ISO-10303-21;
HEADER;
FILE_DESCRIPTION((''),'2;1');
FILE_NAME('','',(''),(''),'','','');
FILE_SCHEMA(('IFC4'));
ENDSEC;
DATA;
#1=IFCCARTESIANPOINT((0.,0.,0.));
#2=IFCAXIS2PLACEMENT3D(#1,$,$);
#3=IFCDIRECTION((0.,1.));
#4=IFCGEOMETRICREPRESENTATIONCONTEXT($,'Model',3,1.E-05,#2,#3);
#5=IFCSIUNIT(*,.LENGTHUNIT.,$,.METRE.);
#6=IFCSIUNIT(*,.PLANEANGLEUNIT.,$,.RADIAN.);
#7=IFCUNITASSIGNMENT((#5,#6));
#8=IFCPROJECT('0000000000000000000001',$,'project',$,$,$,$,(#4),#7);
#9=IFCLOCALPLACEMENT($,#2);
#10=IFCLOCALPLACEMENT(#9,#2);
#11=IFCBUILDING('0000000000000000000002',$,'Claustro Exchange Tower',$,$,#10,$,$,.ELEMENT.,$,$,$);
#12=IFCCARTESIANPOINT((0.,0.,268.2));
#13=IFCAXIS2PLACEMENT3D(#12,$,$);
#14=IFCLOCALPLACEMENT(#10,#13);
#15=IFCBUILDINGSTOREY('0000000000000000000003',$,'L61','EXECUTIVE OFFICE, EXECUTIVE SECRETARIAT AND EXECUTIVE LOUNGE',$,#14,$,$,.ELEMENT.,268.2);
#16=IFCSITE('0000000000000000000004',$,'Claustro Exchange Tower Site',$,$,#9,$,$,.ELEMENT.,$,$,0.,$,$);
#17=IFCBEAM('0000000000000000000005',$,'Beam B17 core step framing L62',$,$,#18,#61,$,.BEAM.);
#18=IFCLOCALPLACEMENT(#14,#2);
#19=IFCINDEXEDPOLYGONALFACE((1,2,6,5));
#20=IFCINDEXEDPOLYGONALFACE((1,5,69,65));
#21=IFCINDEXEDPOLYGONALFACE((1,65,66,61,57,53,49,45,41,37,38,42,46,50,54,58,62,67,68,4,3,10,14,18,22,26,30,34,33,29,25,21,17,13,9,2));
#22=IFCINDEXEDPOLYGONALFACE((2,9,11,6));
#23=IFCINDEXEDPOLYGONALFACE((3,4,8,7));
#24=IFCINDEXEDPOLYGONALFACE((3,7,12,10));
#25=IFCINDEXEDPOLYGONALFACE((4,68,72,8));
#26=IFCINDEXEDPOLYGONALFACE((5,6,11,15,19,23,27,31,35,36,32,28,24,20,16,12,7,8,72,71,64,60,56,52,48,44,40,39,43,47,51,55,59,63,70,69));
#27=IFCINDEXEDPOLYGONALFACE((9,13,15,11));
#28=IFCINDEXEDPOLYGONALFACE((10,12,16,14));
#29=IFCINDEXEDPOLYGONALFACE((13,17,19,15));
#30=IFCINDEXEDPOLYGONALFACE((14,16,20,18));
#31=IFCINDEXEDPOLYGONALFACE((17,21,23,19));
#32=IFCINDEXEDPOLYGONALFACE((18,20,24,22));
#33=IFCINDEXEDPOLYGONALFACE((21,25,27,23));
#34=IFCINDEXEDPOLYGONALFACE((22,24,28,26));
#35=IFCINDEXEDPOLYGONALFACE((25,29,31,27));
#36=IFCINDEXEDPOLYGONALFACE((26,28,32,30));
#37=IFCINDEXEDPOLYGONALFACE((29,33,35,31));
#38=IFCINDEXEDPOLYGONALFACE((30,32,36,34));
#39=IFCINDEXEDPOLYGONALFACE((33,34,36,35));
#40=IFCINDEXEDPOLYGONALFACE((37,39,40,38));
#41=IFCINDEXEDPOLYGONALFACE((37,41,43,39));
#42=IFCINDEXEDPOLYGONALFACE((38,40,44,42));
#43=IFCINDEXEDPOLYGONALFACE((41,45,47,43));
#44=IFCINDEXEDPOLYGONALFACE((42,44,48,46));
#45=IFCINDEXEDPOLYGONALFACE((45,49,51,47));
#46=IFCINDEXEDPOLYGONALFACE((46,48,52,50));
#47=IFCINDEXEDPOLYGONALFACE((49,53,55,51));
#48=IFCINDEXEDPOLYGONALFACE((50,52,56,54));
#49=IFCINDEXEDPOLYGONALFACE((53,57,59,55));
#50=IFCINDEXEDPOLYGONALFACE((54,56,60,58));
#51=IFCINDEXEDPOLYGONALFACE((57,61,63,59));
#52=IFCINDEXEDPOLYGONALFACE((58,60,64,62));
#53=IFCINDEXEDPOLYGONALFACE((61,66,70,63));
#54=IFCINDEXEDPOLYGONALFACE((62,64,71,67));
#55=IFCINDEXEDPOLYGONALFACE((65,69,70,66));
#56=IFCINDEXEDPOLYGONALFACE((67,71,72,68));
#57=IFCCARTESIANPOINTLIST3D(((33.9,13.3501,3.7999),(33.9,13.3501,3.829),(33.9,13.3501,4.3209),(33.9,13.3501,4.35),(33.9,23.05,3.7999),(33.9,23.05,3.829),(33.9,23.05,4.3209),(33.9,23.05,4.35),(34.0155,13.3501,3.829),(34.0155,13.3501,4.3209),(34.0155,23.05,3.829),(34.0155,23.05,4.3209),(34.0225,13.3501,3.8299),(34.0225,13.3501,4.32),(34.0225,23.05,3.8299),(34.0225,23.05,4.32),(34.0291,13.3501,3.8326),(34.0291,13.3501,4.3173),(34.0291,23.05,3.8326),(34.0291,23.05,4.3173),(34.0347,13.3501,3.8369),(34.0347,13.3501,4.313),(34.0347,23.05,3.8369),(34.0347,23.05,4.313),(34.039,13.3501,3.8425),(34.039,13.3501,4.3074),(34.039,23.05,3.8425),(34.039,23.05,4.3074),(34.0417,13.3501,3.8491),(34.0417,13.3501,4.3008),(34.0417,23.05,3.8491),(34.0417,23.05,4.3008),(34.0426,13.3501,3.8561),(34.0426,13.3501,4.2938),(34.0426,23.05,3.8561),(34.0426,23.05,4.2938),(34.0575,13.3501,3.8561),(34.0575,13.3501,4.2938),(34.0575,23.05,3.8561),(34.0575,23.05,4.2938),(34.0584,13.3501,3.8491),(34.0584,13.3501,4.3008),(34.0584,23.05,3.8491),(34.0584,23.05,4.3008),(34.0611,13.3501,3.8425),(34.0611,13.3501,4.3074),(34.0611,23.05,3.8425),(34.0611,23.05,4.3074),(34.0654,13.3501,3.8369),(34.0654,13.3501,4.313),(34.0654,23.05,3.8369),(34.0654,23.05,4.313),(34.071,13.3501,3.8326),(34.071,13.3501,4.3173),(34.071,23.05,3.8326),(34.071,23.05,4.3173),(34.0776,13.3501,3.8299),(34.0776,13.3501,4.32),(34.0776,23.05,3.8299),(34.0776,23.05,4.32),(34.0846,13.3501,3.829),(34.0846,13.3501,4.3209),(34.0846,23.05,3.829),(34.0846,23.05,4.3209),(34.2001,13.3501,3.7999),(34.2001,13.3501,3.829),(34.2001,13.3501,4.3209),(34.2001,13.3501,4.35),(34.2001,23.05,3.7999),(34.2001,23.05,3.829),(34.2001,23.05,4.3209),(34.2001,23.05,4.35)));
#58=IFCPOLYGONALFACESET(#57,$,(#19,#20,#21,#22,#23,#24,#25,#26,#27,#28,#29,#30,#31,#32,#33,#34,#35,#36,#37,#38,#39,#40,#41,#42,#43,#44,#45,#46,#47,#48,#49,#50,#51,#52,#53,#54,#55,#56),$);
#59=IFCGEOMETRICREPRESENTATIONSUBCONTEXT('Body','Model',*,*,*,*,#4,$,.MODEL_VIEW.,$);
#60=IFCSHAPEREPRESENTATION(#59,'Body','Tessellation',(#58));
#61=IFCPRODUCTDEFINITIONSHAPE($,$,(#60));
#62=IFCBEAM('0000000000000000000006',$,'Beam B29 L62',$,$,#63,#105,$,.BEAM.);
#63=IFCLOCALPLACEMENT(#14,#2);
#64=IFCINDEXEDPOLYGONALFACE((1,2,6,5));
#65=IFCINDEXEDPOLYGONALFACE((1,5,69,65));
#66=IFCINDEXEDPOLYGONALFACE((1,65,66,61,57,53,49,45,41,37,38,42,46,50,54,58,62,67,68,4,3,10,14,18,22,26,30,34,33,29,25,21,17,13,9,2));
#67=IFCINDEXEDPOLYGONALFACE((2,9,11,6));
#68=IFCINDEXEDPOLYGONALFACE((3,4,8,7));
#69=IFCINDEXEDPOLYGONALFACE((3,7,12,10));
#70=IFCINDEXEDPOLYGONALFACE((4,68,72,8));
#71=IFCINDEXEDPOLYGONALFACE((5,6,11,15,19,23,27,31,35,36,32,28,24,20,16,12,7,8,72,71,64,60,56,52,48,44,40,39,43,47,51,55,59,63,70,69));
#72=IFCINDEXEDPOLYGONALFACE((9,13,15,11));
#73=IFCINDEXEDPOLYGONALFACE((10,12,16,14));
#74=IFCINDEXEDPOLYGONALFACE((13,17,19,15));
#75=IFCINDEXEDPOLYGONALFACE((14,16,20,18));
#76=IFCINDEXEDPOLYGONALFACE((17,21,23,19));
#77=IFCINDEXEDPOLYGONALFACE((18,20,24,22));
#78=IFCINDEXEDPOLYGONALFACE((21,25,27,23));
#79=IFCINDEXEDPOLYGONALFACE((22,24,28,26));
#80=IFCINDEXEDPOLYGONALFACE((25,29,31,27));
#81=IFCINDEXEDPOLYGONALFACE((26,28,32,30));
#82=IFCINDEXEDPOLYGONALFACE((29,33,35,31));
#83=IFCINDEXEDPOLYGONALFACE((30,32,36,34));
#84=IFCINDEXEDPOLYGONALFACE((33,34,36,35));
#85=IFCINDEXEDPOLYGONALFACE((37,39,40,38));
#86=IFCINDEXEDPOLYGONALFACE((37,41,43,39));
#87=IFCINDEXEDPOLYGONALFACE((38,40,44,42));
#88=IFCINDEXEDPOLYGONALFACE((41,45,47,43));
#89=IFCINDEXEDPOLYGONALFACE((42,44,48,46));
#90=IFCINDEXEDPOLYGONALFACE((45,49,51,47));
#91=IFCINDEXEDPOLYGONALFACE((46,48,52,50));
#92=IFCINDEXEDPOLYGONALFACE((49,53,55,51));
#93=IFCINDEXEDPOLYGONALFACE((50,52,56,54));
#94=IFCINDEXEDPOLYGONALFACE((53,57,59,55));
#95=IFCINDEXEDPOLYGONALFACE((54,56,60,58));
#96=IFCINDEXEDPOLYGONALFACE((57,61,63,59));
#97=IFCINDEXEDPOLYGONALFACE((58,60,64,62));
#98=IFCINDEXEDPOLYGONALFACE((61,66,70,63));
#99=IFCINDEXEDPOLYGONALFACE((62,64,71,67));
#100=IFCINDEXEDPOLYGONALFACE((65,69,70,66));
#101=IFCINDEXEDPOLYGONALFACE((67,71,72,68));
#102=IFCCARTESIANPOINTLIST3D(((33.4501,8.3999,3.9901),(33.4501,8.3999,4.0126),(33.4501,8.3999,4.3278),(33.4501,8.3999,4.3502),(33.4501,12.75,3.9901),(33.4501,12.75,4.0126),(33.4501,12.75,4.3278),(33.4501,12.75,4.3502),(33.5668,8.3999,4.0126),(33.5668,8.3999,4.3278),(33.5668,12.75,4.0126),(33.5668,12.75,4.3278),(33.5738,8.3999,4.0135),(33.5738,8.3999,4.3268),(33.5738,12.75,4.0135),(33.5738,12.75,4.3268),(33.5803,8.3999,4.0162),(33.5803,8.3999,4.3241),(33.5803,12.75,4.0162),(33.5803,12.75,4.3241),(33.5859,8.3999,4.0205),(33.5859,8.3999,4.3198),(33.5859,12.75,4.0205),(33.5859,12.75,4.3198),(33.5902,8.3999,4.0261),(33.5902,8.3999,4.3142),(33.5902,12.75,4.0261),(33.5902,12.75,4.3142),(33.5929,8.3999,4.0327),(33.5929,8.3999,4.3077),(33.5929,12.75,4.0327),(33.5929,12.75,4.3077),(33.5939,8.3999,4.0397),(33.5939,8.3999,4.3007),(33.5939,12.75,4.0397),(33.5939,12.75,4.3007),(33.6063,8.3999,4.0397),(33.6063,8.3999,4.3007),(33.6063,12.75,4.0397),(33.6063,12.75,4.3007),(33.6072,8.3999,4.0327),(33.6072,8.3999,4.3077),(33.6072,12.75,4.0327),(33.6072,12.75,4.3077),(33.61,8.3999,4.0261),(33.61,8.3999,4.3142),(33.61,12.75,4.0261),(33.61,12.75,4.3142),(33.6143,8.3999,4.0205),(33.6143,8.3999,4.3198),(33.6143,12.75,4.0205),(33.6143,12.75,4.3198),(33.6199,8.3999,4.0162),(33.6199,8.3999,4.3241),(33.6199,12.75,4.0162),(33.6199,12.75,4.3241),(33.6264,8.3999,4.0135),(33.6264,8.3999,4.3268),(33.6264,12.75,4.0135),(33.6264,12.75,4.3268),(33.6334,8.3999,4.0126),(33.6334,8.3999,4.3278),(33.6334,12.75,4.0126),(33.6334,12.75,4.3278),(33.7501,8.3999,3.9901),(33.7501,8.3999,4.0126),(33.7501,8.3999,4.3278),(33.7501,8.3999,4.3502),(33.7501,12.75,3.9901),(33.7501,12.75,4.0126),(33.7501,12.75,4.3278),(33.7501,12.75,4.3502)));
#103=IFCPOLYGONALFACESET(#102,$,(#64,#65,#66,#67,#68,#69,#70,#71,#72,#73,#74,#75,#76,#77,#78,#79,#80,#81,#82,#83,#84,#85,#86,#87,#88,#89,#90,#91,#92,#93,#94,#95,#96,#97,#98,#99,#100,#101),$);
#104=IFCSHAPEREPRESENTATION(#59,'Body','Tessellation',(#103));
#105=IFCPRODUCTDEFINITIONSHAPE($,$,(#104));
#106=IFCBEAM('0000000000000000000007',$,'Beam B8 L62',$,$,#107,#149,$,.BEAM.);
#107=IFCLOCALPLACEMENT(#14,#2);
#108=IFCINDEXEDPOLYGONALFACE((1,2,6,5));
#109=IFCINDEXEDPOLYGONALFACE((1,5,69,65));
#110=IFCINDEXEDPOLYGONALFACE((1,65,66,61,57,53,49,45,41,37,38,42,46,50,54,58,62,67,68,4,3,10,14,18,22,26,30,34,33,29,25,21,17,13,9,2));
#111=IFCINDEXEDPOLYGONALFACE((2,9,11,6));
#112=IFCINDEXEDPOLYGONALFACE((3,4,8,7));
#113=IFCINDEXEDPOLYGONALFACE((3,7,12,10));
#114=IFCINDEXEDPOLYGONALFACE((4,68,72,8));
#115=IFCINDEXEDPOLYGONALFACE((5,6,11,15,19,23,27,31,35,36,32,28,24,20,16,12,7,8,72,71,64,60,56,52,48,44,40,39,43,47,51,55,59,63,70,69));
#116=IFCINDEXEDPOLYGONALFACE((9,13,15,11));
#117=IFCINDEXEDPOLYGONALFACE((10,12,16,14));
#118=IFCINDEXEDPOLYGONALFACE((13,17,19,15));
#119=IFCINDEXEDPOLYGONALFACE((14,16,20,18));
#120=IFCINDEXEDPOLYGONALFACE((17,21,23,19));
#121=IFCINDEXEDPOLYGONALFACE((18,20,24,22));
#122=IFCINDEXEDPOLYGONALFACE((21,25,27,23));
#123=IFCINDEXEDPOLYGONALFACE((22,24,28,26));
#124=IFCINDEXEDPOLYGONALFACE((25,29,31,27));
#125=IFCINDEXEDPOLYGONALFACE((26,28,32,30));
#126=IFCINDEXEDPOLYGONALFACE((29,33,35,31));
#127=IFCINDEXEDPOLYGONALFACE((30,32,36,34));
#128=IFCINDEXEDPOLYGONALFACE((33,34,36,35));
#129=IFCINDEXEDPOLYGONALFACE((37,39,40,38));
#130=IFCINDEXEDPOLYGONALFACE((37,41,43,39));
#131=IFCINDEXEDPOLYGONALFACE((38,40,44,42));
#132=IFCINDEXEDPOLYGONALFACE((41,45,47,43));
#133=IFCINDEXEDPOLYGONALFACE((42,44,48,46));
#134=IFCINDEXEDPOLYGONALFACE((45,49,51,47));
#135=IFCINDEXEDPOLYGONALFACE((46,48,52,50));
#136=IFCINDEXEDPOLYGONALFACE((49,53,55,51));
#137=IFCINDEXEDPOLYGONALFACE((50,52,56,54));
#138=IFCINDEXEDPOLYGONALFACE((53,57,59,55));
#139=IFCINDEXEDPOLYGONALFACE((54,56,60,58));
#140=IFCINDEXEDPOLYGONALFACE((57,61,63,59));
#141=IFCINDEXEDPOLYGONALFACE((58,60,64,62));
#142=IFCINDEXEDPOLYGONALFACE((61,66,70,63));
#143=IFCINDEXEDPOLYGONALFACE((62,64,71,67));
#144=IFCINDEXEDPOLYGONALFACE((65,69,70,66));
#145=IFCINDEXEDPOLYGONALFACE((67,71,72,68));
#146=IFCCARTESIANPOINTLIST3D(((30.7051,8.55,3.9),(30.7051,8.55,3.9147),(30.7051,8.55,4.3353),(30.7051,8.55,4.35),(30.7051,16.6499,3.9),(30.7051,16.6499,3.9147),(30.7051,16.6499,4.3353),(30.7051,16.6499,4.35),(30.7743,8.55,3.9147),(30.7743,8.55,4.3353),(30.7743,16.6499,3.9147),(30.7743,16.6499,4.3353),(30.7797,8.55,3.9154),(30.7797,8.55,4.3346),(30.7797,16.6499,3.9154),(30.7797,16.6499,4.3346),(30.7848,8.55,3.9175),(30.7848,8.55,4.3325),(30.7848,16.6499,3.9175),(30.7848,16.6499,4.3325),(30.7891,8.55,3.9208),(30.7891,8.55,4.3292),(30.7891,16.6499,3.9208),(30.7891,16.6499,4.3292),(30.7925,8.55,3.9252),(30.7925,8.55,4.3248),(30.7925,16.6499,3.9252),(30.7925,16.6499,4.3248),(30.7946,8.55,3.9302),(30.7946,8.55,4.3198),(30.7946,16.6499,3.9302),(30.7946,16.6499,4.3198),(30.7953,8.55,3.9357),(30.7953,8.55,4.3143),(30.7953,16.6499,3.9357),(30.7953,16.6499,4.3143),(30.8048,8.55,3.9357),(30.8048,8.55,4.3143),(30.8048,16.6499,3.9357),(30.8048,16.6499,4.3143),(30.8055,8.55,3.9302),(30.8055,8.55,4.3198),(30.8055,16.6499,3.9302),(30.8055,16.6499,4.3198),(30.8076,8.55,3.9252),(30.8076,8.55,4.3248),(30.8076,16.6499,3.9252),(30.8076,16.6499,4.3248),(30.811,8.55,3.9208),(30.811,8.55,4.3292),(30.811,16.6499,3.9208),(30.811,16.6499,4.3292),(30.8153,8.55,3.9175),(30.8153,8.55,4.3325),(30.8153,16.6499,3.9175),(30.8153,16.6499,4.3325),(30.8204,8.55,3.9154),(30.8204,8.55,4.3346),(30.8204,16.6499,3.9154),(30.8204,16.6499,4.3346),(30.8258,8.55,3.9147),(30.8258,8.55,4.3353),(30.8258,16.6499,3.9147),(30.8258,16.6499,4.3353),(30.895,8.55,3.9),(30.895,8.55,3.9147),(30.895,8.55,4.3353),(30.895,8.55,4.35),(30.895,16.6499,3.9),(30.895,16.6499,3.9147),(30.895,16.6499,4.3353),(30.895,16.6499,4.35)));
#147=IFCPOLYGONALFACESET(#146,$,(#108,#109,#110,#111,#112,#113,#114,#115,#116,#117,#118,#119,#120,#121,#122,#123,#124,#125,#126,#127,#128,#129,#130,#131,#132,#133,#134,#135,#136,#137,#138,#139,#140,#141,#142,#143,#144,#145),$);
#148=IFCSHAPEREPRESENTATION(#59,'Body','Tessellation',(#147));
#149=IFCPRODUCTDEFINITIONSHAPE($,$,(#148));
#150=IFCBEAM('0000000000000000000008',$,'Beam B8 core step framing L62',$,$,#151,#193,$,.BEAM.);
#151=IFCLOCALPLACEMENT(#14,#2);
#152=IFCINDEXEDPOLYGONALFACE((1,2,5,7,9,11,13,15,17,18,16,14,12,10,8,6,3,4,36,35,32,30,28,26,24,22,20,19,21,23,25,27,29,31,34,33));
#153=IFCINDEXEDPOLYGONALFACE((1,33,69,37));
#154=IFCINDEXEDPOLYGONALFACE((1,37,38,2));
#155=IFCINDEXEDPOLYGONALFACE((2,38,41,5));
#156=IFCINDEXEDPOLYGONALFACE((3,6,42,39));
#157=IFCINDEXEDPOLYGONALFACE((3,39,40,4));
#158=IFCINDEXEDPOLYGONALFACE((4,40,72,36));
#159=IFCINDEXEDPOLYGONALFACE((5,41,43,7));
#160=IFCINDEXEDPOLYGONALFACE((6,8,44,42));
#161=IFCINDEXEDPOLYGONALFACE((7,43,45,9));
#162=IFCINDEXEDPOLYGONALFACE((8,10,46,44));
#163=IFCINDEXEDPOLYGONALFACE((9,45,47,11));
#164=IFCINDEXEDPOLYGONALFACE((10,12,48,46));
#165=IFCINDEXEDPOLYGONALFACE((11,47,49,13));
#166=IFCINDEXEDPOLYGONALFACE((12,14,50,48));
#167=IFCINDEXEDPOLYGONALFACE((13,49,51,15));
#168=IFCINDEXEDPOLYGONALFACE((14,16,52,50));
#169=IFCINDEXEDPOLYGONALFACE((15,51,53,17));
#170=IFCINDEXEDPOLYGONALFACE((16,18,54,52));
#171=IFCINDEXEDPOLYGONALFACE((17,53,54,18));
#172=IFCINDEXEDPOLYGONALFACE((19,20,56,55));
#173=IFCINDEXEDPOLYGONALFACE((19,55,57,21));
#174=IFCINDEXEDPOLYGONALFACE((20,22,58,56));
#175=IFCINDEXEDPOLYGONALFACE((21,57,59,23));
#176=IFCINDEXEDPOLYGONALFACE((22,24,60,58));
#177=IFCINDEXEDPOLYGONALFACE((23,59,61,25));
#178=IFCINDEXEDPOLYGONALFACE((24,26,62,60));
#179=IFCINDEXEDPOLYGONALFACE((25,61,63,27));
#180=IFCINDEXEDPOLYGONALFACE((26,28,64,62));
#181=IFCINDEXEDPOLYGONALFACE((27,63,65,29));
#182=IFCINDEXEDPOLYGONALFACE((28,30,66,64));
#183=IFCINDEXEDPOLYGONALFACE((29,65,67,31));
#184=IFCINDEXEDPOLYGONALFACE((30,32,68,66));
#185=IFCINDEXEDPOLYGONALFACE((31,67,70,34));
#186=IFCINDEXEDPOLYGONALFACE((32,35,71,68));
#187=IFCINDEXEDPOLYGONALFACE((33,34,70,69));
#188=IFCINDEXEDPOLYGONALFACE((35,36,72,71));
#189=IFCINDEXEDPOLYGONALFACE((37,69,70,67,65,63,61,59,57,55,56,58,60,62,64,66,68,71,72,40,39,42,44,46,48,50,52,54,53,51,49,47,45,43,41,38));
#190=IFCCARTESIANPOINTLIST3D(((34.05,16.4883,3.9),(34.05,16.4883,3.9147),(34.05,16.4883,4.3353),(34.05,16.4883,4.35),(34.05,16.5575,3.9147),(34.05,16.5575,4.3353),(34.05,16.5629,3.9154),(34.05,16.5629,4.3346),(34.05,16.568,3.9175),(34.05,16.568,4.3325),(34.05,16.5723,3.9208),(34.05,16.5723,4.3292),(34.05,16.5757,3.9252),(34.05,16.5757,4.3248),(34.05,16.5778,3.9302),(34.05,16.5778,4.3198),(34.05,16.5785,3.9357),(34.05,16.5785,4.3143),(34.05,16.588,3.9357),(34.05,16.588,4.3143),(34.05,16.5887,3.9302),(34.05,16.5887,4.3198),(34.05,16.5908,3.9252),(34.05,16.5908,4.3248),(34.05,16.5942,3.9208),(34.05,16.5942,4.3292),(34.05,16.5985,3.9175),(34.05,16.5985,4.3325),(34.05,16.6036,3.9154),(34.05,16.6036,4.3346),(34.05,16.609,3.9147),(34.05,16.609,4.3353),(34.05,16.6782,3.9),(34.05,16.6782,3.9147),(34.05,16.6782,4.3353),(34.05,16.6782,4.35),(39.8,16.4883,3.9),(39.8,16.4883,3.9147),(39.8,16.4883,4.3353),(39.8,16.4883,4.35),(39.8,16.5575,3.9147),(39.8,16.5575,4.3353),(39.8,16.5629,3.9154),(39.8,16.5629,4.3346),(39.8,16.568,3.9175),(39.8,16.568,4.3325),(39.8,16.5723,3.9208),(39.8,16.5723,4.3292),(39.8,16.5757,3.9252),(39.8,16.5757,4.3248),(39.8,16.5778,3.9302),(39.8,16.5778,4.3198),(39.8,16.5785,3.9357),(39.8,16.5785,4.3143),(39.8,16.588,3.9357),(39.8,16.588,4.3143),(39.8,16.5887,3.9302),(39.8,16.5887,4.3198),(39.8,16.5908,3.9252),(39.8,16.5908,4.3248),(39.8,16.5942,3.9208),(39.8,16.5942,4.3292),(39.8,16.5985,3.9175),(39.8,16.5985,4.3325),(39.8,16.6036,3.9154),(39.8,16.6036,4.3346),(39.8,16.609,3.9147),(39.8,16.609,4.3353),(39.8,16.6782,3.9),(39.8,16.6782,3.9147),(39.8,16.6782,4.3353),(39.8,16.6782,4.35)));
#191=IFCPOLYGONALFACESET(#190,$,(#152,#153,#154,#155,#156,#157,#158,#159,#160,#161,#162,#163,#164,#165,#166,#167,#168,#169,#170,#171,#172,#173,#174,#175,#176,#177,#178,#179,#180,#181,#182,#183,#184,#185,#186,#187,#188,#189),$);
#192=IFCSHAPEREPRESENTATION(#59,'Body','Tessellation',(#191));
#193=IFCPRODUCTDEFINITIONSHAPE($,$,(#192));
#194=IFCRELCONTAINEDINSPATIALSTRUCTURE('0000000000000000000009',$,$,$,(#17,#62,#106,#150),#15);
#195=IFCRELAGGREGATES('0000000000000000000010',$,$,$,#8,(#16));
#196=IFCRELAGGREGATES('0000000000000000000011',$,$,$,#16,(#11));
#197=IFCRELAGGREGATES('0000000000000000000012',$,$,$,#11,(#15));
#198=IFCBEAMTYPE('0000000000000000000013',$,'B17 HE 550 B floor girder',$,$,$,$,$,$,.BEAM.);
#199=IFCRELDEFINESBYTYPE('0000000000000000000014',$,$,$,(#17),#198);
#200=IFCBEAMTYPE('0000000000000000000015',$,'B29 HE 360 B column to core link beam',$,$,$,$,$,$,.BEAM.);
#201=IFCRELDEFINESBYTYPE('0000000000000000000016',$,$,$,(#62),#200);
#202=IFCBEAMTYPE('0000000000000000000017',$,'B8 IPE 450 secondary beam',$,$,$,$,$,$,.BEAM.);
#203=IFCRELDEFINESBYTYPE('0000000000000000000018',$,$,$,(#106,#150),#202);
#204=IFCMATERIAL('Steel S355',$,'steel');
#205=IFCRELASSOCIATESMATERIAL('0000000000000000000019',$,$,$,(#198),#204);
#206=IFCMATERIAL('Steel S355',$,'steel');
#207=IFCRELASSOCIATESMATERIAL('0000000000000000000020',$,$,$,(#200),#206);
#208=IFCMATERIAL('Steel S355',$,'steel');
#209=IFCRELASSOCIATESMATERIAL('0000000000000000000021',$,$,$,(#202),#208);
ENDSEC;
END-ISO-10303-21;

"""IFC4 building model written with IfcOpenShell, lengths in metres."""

from ifc_helpers import new_model, si_unit, direction, frame, origin, origin_2d, place, context, subcontext, project, spatial, i_section, extrude, material, material_profile, profile_set, type_object, element, save


model = new_model("IFC4")

# Units and contexts
model_context = context("Model", 3, precision=1e-05, world=origin(), true_north=direction((0.0, 1.0)))
body_context = subcontext(model_context, "Body", "Model", "MODEL_VIEW")
ifc_project = project(units=[si_unit("LENGTHUNIT", "METRE"), si_unit("PLANEANGLEUNIT", "RADIAN")], contexts=[model_context])

# Site, building, storey
site_placement = place(None, origin())
site = spatial("IfcSite", under=ifc_project, at=site_placement, Name="Claustro Exchange Tower Site", CompositionType="ELEMENT", RefElevation=0.0)
building_placement = place(site_placement, origin())
building = spatial("IfcBuilding", under=site, at=building_placement, Name="Claustro Exchange Tower", CompositionType="ELEMENT")
storey_placement = place(building_placement, frame((0.0, 0.0, 268.2)))
storey = spatial("IfcBuildingStorey", under=building, at=storey_placement, Name="L61", Description="EXECUTIVE OFFICE, EXECUTIVE SECRETARIAT AND EXECUTIVE LOUNGE", CompositionType="ELEMENT", Elevation=268.2)

# Beams
ifc_material_1 = material(Name="Steel S355", Category="steel")
ifc_material_profile_1 = material_profile(ifc_material_1, i_section(OverallWidth=0.3, OverallDepth=0.55, WebThickness=0.0149, FlangeThickness=0.0291, FilletRadius=0.0271, at=origin_2d()), Name="HE 550 B")
ifc_profile_set_1 = profile_set([ifc_material_profile_1], Name="Steel S355")
beam_type_1 = type_object("IfcBeamType", Name="B17 HE 550 B floor girder", PredefinedType="BEAM", material=ifc_profile_set_1)
beam_1_placement = place(storey_placement, frame((34.05, 13.3501, 4.075), z_axis=(0.0, 1.0, 0.0), x_axis=(-1.0, 0.0, 0.0)))
element("IfcBeam", 1, at=beam_1_placement, inside=storey, type_object=beam_type_1, Name="Beam B17 core step framing L62", PredefinedType="BEAM", context=body_context, shape_type="SweptSolid", body=[
    extrude(i_section(OverallWidth=0.3, OverallDepth=0.55, WebThickness=0.0149, FlangeThickness=0.0291, FilletRadius=0.0271, at=origin_2d()), origin(), (0.0, 0.0, 1.0), 9.7),
])
ifc_material_2 = material(Name="Steel S355", Category="steel")
ifc_material_profile_2 = material_profile(ifc_material_2, i_section(OverallWidth=0.3, OverallDepth=0.3601, WebThickness=0.0125, FlangeThickness=0.0225, FilletRadius=0.0271, at=origin_2d()), Name="HE 360 B")
ifc_profile_set_2 = profile_set([ifc_material_profile_2], Name="Steel S355")
beam_type_2 = type_object("IfcBeamType", Name="B29 HE 360 B column to core link beam", PredefinedType="BEAM", material=ifc_profile_set_2)
beam_2_placement = place(storey_placement, frame((33.6001, 8.3999, 4.1702), z_axis=(0.0, 1.0, 0.0), x_axis=(-1.0, 0.0, 0.0)))
element("IfcBeam", 2, at=beam_2_placement, inside=storey, type_object=beam_type_2, Name="Beam B29 L62", PredefinedType="BEAM", context=body_context, shape_type="SweptSolid", body=[
    extrude(i_section(OverallWidth=0.3, OverallDepth=0.3601, WebThickness=0.0125, FlangeThickness=0.0225, FilletRadius=0.0271, at=origin_2d()), origin(), (0.0, 0.0, 1.0), 4.3501),
])
ifc_material_3 = material(Name="Steel S355", Category="steel")
ifc_material_profile_3 = material_profile(ifc_material_3, i_section(OverallWidth=0.1899, OverallDepth=0.45, WebThickness=0.0095, FlangeThickness=0.0146, FilletRadius=0.021, at=origin_2d()), Name="IPE 450")
ifc_profile_set_3 = profile_set([ifc_material_profile_3], Name="Steel S355")
beam_type_3 = type_object("IfcBeamType", Name="B8 IPE 450 secondary beam", PredefinedType="BEAM", material=ifc_profile_set_3)
beam_3_placement = place(storey_placement, frame((30.8, 8.55, 4.125), z_axis=(0.0, 1.0, 0.0), x_axis=(-1.0, 0.0, 0.0)))
element("IfcBeam", 3, at=beam_3_placement, inside=storey, type_object=beam_type_3, Name="Beam B8 L62", PredefinedType="BEAM", context=body_context, shape_type="SweptSolid", body=[
    extrude(i_section(OverallWidth=0.1899, OverallDepth=0.45, WebThickness=0.0095, FlangeThickness=0.0146, FilletRadius=0.021, at=origin_2d()), origin(), (0.0, 0.0, 1.0), 8.0999),
])
for number, where, z_axis, x_axis, name in (
    (4, (34.05, 16.5833, 4.125), (1.0, 0.0, 0.0), (0.0, 1.0, 0.0), "Beam B8 core step framing L62"),
):
    element("IfcBeam", number, at=place(storey_placement, frame(where, z_axis=z_axis, x_axis=x_axis)), inside=storey, type_object=beam_type_3, Name=name, PredefinedType="BEAM", context=body_context, shape_type="SweptSolid", body=[
        extrude(i_section(OverallWidth=0.1899, OverallDepth=0.45, WebThickness=0.0095, FlangeThickness=0.0146, FilletRadius=0.021, at=origin_2d()), origin(), (0.0, 0.0, 1.0), 5.75),
    ])

save(model, "model.ifc")
